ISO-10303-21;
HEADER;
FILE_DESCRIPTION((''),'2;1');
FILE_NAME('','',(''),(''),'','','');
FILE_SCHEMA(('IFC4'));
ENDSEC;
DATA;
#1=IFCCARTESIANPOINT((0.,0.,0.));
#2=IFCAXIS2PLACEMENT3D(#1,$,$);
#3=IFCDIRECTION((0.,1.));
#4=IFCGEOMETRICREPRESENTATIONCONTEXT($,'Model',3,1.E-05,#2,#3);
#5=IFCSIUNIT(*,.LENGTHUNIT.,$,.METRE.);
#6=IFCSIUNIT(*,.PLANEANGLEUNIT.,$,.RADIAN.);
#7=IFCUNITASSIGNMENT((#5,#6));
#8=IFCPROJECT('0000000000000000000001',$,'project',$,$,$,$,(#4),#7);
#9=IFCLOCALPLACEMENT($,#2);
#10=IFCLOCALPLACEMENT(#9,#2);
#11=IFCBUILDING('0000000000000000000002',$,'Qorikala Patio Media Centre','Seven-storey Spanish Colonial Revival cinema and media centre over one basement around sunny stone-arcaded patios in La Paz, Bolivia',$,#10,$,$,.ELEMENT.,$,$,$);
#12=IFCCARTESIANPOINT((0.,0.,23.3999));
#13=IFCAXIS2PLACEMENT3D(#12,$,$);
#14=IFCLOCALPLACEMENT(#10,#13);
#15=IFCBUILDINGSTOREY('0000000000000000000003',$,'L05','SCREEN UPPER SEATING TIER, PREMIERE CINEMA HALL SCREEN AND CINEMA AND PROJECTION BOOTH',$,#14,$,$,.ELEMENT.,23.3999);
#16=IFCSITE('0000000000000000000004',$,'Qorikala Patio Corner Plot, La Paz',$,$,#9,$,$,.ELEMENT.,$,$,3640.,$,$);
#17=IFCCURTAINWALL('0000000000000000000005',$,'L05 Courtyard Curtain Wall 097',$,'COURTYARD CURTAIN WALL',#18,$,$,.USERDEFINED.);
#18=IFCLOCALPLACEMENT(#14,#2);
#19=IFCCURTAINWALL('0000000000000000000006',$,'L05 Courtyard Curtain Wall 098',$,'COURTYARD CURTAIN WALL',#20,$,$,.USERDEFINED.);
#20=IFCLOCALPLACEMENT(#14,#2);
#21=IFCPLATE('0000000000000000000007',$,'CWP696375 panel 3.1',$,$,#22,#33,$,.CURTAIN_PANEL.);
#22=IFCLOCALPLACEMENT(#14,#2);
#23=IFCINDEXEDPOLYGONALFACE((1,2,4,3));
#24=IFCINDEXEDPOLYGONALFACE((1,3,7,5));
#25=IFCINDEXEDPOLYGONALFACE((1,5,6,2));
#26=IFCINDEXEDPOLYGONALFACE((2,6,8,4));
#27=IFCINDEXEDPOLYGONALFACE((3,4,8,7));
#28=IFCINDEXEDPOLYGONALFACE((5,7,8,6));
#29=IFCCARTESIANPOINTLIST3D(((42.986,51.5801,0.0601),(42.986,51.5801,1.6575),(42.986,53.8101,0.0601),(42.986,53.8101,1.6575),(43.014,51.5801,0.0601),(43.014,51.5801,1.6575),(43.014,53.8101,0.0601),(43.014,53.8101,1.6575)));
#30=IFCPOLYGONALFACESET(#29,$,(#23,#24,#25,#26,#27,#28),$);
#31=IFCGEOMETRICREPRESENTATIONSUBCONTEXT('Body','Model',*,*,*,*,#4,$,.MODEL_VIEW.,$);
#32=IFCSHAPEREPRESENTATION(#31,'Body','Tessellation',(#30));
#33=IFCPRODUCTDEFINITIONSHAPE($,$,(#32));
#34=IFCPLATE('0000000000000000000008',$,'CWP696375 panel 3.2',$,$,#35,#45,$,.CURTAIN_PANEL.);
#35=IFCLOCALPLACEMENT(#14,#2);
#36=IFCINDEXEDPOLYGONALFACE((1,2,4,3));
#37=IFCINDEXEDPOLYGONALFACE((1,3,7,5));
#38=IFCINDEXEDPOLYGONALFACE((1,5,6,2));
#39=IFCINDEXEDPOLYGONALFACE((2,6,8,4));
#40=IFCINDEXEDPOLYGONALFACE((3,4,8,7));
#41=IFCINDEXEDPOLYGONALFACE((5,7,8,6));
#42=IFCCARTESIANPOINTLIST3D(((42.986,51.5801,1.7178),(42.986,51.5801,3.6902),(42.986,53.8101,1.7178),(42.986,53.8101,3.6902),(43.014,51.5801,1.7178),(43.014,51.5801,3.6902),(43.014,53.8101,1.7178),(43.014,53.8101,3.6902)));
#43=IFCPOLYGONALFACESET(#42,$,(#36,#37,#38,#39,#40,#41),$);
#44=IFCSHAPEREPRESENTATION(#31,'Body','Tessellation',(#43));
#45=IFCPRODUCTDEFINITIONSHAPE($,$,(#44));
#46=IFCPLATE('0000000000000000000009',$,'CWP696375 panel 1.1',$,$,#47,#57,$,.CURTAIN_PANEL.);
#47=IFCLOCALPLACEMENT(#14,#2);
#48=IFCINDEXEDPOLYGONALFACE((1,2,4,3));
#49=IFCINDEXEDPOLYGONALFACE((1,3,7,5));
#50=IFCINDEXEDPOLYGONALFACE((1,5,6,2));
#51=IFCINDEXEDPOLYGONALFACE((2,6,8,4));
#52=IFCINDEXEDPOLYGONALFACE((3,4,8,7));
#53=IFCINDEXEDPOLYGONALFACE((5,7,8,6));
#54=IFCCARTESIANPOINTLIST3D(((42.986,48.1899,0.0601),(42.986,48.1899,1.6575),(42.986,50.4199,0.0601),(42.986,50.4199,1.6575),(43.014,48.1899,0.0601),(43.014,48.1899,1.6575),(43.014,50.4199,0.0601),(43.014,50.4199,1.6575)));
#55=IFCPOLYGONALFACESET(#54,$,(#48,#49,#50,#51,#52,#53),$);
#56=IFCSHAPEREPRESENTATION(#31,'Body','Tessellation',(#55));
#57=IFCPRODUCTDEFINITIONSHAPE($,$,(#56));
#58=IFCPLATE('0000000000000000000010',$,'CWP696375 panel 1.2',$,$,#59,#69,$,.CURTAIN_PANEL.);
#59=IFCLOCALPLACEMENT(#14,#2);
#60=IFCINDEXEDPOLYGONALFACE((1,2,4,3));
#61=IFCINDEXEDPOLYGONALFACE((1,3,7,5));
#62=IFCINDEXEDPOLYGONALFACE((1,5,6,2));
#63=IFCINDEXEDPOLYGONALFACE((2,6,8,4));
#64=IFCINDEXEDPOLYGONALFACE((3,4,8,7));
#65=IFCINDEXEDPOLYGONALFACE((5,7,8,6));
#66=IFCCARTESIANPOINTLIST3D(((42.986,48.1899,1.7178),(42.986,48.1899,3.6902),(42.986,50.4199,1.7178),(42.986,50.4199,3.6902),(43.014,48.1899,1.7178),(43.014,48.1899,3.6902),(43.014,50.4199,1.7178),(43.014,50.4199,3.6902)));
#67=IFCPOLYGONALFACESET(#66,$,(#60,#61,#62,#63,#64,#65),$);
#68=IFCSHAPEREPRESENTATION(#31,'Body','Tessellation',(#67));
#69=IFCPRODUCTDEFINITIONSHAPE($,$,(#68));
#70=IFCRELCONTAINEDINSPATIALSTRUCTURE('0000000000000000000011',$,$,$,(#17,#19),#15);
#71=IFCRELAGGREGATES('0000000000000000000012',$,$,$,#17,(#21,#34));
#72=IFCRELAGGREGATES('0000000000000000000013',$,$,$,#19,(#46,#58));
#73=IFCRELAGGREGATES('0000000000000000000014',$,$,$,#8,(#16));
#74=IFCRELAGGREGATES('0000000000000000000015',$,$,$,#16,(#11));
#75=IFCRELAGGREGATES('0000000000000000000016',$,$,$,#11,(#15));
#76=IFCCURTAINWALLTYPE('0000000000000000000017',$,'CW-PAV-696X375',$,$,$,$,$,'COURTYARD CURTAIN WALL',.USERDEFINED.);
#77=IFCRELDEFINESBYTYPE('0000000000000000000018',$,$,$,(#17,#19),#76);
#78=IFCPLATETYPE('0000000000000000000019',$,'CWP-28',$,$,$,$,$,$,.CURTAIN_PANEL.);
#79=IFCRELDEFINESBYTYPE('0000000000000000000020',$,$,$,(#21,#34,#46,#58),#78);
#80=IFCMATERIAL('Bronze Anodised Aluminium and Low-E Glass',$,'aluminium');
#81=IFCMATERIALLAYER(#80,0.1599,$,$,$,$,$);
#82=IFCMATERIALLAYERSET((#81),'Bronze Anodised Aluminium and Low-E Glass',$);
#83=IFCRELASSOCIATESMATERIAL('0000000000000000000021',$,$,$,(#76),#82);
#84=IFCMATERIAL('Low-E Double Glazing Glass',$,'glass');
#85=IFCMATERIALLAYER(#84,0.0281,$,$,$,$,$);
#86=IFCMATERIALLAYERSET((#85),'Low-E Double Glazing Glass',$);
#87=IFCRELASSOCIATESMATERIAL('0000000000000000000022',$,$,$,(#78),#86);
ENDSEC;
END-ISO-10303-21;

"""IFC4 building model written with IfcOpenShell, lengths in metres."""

from ifc_helpers import new_model, si_unit, direction, frame, origin, origin_2d, place, context, subcontext, project, spatial, rectangle, extrude, material, layer, layer_set, type_object, element, aggregate, save


model = new_model("IFC4")

# Units and contexts
model_context = context("Model", 3, precision=1e-05, world=origin(), true_north=direction((0.0, 1.0)))
body_context = subcontext(model_context, "Body", "Model", "MODEL_VIEW")
ifc_project = project(units=[si_unit("LENGTHUNIT", "METRE"), si_unit("PLANEANGLEUNIT", "RADIAN")], contexts=[model_context])

# Site, building, storey
site_placement = place(None, origin())
site = spatial("IfcSite", under=ifc_project, at=site_placement, Name="Qorikala Patio Corner Plot, La Paz", CompositionType="ELEMENT", RefElevation=3640.0)
building_placement = place(site_placement, origin())
building = spatial("IfcBuilding", under=site, at=building_placement, Name="Qorikala Patio Media Centre", Description="Seven-storey Spanish Colonial Revival cinema and media centre over one basement around sunny stone-arcaded patios in La Paz, Bolivia", CompositionType="ELEMENT")
storey_placement = place(building_placement, frame((0.0, 0.0, 23.3999)))
storey = spatial("IfcBuildingStorey", under=building, at=storey_placement, Name="L05", Description="SCREEN UPPER SEATING TIER, PREMIERE CINEMA HALL SCREEN AND CINEMA AND PROJECTION BOOTH", CompositionType="ELEMENT", Elevation=23.3999)

# Curtain walls
ifc_material_1 = material(Name="Bronze Anodised Aluminium and Low-E Glass", Category="aluminium")
ifc_layer_1 = layer(ifc_material_1, 0.1599)
ifc_layer_set_1 = layer_set([ifc_layer_1], Name="Bronze Anodised Aluminium and Low-E Glass")
curtain_wall_type = type_object("IfcCurtainWallType", Name="CW-PAV-696X375", ElementType="COURTYARD CURTAIN WALL", PredefinedType="USERDEFINED", material=ifc_layer_set_1)
curtain_wall_1_placement = place(storey_placement, origin())
curtain_wall_1 = element("IfcCurtainWall", 1, at=curtain_wall_1_placement, inside=storey, type_object=curtain_wall_type, Name="L05 Courtyard Curtain Wall 097", ObjectType="COURTYARD CURTAIN WALL", PredefinedType="USERDEFINED")
curtain_wall_2_placement = place(storey_placement, origin())
curtain_wall_2 = element("IfcCurtainWall", 2, at=curtain_wall_2_placement, inside=storey, type_object=curtain_wall_type, Name="L05 Courtyard Curtain Wall 098", ObjectType="COURTYARD CURTAIN WALL", PredefinedType="USERDEFINED")

# Plates
ifc_material_2 = material(Name="Low-E Double Glazing Glass", Category="glass")
ifc_layer_2 = layer(ifc_material_2, 0.0281)
ifc_layer_set_2 = layer_set([ifc_layer_2], Name="Low-E Double Glazing Glass")
plate_type = type_object("IfcPlateType", Name="CWP-28", PredefinedType="CURTAIN_PANEL", material=ifc_layer_set_2)
plate_1_placement = place(storey_placement, frame((43.0, 52.6951, 0.0601), z_axis=(0.0, 0.0, 1.0), x_axis=(0.0, -1.0, 0.0)))
plate_1 = element("IfcPlate", 3, at=plate_1_placement, type_object=plate_type, Name="CWP696375 panel 3.1", PredefinedType="CURTAIN_PANEL", context=body_context, shape_type="SweptSolid", body=[
    extrude(rectangle(XDim=2.23, YDim=0.0281, at=origin_2d()), origin(), (0.0, 0.0, 1.0), 1.5974),
])
plate_2_placement = place(storey_placement, frame((43.0, 52.6951, 1.7178), z_axis=(0.0, 0.0, 1.0), x_axis=(0.0, -1.0, 0.0)))
plate_2 = element("IfcPlate", 4, at=plate_2_placement, type_object=plate_type, Name="CWP696375 panel 3.2", PredefinedType="CURTAIN_PANEL", context=body_context, shape_type="SweptSolid", body=[
    extrude(rectangle(XDim=2.23, YDim=0.0281, at=origin_2d()), origin(), (0.0, 0.0, 1.0), 1.9724),
])
aggregate(curtain_wall_1, [plate_1, plate_2])
plate_3_placement = place(storey_placement, frame((43.0, 49.3049, 0.0601), z_axis=(0.0, 0.0, 1.0), x_axis=(0.0, -1.0, 0.0)))
plate_3 = element("IfcPlate", 5, at=plate_3_placement, type_object=plate_type, Name="CWP696375 panel 1.1", PredefinedType="CURTAIN_PANEL", context=body_context, shape_type="SweptSolid", body=[
    extrude(rectangle(XDim=2.23, YDim=0.0281, at=origin_2d()), origin(), (0.0, 0.0, 1.0), 1.5974),
])
plate_4_placement = place(storey_placement, frame((43.0, 49.3049, 1.7178), z_axis=(0.0, 0.0, 1.0), x_axis=(0.0, -1.0, 0.0)))
plate_4 = element("IfcPlate", 6, at=plate_4_placement, type_object=plate_type, Name="CWP696375 panel 1.2", PredefinedType="CURTAIN_PANEL", context=body_context, shape_type="SweptSolid", body=[
    extrude(rectangle(XDim=2.23, YDim=0.0281, at=origin_2d()), origin(), (0.0, 0.0, 1.0), 1.9724),
])
aggregate(curtain_wall_2, [plate_3, plate_4])

save(model, "model.ifc")
